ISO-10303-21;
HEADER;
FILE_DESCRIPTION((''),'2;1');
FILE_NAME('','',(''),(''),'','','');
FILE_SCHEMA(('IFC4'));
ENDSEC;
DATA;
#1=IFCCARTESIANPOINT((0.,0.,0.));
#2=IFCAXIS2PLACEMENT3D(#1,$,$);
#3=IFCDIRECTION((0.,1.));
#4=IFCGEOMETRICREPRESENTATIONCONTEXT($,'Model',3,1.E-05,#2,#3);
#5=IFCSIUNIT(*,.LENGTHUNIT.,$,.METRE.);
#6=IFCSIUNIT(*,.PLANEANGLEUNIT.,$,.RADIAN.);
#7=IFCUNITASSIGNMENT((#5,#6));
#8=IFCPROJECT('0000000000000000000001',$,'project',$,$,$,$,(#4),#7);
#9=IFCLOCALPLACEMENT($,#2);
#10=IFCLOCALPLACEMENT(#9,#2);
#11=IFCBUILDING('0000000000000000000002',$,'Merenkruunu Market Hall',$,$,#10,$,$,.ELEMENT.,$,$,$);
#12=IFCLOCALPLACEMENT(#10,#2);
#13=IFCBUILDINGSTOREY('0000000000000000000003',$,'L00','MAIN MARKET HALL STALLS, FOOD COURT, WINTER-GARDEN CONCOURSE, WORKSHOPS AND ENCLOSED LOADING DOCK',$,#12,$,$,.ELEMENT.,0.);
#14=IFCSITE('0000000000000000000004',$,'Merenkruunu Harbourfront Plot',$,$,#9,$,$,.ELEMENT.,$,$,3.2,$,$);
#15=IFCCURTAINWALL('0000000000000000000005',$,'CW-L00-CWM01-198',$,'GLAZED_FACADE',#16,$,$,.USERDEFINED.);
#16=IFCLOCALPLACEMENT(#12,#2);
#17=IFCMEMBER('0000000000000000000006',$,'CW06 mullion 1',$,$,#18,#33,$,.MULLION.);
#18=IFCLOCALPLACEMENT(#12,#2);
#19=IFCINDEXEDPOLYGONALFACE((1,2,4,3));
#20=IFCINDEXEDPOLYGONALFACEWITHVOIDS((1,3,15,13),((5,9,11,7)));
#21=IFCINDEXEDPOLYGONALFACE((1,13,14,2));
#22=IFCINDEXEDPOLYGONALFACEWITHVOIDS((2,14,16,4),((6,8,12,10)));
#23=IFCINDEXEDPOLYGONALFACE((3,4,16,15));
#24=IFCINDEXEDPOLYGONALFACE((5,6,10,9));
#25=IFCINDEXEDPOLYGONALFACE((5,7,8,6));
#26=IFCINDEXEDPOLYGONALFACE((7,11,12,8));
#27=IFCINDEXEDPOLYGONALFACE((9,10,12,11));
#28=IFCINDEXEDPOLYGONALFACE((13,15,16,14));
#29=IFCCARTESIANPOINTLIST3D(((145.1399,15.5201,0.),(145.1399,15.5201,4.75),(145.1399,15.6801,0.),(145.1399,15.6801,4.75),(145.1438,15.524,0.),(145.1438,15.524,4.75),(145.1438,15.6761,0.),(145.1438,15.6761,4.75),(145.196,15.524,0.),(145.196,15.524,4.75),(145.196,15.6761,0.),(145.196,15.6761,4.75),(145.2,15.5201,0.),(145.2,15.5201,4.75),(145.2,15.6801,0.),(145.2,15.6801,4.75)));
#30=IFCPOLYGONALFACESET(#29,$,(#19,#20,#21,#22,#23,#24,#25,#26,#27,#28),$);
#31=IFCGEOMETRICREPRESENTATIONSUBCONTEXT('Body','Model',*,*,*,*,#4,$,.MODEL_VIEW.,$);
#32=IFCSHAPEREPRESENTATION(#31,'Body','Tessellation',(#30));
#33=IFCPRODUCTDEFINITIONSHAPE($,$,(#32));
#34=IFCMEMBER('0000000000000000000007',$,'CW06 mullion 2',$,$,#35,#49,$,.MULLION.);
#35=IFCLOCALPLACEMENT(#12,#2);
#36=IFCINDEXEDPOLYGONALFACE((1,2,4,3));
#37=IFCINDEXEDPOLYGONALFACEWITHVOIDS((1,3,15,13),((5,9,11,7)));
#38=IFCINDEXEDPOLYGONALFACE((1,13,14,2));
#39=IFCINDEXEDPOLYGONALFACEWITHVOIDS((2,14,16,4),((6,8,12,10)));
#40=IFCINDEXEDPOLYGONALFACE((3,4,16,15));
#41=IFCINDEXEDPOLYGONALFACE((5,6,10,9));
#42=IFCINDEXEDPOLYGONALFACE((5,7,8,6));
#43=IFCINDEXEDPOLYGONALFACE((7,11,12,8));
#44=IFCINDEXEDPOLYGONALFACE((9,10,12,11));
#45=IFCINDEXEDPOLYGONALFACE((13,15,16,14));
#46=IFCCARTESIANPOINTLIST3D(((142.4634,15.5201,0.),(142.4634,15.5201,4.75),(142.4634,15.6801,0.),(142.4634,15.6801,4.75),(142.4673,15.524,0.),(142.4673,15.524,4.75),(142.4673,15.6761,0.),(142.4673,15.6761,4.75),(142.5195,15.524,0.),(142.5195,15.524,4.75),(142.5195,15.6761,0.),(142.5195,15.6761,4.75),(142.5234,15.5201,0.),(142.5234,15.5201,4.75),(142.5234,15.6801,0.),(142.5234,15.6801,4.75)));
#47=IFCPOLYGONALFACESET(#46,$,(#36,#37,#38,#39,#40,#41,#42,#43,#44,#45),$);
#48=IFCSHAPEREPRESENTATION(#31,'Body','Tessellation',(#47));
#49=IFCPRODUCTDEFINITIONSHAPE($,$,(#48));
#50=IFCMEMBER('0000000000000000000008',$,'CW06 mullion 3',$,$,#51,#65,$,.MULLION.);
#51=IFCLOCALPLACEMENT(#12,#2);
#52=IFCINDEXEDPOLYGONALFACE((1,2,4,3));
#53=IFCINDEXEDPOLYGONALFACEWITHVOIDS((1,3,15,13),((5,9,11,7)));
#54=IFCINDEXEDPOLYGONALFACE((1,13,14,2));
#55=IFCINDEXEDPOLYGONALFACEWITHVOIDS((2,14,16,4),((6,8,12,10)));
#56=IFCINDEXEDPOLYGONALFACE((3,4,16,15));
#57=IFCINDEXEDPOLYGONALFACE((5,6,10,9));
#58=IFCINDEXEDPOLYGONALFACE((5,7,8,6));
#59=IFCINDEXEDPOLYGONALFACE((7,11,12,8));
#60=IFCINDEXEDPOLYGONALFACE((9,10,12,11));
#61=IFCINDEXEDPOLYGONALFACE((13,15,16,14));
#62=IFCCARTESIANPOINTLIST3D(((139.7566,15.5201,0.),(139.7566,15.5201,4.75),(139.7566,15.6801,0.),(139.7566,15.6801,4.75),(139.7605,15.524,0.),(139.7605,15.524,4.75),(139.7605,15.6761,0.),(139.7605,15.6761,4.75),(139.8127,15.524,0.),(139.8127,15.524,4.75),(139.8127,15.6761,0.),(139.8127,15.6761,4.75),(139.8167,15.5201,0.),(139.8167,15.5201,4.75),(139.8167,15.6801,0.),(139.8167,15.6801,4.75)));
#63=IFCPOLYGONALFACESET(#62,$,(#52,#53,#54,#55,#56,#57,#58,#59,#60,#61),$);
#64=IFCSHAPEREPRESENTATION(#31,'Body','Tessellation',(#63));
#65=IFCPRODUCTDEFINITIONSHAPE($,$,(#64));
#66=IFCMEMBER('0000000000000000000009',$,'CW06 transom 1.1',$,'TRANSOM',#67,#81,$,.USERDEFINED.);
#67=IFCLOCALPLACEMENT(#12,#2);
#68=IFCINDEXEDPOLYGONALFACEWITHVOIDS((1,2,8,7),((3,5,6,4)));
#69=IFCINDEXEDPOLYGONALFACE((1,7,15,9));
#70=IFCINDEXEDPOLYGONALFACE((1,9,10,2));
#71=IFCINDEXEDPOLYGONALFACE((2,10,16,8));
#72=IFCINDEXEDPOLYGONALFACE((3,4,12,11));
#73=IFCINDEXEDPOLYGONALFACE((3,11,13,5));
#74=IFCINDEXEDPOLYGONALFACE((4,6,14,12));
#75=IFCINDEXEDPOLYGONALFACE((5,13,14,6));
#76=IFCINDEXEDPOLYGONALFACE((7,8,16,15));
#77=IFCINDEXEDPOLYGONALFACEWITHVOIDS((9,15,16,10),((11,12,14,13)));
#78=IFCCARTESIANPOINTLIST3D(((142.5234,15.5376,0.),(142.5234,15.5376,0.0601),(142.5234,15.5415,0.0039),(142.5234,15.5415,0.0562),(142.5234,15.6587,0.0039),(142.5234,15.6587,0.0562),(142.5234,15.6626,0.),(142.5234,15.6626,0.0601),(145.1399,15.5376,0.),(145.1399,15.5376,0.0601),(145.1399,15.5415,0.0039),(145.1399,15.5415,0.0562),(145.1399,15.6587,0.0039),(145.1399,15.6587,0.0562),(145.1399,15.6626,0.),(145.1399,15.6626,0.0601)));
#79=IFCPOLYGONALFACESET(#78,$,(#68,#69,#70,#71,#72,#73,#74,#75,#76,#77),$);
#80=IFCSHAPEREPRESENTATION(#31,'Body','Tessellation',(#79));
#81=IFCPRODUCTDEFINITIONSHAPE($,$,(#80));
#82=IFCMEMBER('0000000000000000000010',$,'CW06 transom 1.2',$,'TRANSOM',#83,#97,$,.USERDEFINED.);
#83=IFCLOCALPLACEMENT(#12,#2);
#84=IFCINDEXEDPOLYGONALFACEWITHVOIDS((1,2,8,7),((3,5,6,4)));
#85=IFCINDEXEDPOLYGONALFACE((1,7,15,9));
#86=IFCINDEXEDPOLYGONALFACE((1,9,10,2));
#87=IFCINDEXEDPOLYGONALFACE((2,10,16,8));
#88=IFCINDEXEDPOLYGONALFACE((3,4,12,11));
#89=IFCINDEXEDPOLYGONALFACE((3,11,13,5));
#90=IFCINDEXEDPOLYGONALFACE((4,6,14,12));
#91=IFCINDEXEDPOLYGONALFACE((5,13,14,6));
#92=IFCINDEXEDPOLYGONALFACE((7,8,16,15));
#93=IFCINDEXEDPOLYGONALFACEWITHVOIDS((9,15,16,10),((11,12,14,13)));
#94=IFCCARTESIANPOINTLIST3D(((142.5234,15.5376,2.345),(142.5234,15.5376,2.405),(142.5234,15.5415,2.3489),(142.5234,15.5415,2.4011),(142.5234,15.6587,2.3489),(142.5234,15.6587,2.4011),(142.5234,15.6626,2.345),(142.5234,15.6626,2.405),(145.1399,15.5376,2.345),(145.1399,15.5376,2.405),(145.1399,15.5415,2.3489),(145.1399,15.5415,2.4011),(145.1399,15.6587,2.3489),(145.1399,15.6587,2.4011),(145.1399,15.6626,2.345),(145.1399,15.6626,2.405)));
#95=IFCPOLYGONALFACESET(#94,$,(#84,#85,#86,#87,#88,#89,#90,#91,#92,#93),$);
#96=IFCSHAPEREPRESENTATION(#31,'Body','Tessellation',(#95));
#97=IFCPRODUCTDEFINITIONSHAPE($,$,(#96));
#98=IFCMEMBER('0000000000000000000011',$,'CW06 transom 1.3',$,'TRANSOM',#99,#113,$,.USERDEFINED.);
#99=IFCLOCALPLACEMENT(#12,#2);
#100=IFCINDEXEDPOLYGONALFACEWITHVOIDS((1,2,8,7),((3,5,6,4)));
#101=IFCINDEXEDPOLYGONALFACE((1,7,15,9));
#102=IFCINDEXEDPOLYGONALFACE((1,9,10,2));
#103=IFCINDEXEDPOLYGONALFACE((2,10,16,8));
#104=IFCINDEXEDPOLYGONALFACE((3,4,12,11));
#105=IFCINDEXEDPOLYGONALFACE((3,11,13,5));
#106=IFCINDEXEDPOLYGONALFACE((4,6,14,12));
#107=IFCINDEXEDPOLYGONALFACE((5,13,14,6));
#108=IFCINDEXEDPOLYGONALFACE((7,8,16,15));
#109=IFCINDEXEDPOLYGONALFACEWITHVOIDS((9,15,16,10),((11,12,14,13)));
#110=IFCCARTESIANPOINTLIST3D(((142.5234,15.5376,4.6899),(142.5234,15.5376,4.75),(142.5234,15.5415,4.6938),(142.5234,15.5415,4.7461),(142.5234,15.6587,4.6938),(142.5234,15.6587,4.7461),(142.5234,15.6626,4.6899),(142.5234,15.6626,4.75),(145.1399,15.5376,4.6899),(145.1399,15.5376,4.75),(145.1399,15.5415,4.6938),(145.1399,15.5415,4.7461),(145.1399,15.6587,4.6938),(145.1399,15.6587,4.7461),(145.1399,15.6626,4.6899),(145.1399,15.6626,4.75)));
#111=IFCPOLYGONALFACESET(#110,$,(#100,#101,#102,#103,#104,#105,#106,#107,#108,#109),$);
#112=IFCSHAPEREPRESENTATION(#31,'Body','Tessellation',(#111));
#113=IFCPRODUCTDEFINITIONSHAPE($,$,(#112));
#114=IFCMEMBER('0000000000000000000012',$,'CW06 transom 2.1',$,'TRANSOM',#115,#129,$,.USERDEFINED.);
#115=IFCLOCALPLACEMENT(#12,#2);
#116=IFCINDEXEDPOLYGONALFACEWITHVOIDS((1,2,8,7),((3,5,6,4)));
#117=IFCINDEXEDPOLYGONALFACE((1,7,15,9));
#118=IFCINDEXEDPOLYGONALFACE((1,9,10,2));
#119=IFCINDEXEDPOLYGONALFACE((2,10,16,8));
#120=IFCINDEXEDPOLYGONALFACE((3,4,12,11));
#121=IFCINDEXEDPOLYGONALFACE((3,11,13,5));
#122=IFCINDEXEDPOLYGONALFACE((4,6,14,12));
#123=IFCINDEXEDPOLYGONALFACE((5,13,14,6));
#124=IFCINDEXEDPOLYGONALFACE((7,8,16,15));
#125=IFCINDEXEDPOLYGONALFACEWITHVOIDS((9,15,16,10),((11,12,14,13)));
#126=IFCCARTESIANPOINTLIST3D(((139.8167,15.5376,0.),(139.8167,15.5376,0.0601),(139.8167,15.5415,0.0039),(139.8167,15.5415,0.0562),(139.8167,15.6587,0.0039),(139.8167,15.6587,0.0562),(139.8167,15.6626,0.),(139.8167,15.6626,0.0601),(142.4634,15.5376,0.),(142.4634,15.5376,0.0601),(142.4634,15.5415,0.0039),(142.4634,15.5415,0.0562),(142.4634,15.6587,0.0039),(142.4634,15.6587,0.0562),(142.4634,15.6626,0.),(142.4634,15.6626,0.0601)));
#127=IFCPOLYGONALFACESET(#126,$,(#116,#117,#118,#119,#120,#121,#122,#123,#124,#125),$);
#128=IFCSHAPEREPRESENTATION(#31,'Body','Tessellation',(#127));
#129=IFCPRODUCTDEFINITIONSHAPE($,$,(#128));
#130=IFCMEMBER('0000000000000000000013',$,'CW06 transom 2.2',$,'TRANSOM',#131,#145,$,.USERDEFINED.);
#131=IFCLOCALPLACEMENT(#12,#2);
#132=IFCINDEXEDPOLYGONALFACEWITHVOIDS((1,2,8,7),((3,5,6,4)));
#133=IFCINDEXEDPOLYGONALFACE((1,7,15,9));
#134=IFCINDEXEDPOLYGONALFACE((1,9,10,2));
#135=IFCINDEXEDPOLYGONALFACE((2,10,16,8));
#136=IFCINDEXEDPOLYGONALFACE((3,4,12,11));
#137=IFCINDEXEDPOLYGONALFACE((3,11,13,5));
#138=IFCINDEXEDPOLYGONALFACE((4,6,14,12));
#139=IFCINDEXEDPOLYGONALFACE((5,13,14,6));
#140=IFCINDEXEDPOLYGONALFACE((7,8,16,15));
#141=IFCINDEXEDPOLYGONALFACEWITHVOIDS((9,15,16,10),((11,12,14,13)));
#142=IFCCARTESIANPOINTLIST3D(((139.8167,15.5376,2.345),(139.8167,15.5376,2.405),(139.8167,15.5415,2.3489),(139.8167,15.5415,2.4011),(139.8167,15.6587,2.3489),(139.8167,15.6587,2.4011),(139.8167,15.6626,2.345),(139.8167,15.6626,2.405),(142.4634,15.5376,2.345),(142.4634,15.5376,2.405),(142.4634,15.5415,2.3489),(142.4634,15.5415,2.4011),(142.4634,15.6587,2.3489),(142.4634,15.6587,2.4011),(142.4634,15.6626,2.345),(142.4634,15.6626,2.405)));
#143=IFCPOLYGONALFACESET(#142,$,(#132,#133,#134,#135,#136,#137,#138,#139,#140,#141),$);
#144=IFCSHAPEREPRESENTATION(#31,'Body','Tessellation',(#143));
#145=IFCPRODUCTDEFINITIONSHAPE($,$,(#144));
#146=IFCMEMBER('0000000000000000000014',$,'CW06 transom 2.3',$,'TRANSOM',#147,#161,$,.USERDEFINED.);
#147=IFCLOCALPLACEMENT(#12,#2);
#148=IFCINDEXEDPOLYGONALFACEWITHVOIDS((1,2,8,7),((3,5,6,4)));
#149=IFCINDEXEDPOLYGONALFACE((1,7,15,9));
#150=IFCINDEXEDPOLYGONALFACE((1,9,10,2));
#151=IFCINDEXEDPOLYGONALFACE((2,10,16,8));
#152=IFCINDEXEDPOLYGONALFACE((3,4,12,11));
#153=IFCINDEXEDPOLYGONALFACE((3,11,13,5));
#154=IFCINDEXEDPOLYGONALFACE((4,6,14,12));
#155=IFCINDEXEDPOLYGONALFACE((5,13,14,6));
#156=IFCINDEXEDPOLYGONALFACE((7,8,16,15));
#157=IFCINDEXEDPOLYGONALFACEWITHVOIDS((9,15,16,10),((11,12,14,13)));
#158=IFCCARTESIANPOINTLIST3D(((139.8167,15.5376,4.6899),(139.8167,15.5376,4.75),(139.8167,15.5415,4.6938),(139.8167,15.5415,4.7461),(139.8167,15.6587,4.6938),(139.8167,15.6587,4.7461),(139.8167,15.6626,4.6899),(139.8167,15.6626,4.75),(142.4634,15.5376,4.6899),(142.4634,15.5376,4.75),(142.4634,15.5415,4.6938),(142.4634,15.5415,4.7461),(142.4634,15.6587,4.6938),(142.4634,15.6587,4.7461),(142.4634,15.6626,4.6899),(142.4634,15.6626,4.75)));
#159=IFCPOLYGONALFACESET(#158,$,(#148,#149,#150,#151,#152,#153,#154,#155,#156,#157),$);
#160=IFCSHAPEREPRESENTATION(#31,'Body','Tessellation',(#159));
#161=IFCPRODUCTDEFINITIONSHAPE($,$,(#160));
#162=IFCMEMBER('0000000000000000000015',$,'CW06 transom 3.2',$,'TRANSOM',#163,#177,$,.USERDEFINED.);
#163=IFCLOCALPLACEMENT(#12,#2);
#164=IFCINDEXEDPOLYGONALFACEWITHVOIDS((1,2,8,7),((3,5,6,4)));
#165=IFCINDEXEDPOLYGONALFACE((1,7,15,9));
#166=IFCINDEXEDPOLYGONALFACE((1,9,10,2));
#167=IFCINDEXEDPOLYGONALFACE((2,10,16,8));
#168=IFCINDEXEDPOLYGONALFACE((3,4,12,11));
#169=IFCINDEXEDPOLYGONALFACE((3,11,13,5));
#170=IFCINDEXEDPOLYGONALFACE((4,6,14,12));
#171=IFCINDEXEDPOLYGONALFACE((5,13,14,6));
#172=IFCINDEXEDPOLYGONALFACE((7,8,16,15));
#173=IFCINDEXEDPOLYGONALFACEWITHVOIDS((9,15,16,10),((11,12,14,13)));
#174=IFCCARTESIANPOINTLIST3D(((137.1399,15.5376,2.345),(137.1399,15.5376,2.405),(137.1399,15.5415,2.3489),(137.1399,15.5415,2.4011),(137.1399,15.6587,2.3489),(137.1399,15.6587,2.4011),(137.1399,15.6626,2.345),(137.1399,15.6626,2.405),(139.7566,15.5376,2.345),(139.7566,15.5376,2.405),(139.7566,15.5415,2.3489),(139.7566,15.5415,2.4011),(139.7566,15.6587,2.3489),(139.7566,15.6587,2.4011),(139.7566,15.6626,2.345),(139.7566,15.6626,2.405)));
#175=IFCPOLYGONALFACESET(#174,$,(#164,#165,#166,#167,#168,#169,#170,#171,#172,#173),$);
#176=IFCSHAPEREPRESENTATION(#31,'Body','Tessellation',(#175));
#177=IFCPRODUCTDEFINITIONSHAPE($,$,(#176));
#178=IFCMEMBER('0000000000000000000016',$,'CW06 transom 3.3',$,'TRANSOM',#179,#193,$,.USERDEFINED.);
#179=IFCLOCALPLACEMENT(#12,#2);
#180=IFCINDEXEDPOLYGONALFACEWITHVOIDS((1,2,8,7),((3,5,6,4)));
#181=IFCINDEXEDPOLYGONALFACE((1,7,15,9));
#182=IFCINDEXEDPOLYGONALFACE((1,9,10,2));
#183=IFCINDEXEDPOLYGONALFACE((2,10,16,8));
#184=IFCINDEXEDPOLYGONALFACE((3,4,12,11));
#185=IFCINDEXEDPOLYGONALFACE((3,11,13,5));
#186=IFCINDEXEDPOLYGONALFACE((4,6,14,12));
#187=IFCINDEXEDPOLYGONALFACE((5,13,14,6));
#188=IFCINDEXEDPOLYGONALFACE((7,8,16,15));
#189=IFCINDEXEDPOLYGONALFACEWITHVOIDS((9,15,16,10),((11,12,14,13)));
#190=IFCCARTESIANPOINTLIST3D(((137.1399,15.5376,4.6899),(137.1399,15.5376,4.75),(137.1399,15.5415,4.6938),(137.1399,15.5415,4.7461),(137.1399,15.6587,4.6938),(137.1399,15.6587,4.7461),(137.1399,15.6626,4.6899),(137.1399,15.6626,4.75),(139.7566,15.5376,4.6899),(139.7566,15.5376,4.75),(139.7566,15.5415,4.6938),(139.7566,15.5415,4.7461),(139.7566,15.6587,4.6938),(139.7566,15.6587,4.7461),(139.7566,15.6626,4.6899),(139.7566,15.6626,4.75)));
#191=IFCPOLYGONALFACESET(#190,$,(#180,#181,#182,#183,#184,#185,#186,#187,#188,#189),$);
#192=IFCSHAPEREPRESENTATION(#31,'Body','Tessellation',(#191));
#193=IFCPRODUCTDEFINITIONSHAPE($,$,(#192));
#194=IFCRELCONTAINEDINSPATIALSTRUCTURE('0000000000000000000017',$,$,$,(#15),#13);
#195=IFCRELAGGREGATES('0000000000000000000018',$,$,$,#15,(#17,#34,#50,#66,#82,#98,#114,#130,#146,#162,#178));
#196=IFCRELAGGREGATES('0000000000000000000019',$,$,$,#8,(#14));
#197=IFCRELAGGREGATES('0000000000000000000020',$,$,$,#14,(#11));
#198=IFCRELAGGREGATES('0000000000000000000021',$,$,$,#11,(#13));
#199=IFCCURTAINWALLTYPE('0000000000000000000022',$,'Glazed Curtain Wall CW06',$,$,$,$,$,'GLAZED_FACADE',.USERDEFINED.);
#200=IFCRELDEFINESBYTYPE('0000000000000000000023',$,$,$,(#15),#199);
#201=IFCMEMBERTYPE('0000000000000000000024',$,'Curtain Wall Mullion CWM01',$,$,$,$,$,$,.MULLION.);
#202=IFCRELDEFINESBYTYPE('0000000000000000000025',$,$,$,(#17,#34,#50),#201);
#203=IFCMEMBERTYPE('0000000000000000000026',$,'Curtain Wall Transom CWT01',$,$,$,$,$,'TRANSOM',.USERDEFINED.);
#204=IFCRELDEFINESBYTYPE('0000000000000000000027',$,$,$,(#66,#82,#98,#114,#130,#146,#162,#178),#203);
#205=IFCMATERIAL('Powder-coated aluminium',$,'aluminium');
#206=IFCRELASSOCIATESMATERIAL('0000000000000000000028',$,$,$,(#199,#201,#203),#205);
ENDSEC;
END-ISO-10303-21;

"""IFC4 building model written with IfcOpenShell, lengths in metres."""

from ifc_helpers import new_model, si_unit, direction, frame, origin, origin_2d, place, context, subcontext, project, spatial, hollow_rectangle, extrude, material, material_profile, profile_set, type_object, element, aggregate, save


model = new_model("IFC4")

# Units and contexts
model_context = context("Model", 3, precision=1e-05, world=origin(), true_north=direction((0.0, 1.0)))
body_context = subcontext(model_context, "Body", "Model", "MODEL_VIEW")
ifc_project = project(units=[si_unit("LENGTHUNIT", "METRE"), si_unit("PLANEANGLEUNIT", "RADIAN")], contexts=[model_context])

# Site, building, storey
site_placement = place(None, origin())
site = spatial("IfcSite", under=ifc_project, at=site_placement, Name="Merenkruunu Harbourfront Plot", CompositionType="ELEMENT", RefElevation=3.2)
building_placement = place(site_placement, origin())
building = spatial("IfcBuilding", under=site, at=building_placement, Name="Merenkruunu Market Hall", CompositionType="ELEMENT")
storey_placement = place(building_placement, origin())
storey = spatial("IfcBuildingStorey", under=building, at=storey_placement, Name="L00", Description="MAIN MARKET HALL STALLS, FOOD COURT, WINTER-GARDEN CONCOURSE, WORKSHOPS AND ENCLOSED LOADING DOCK", CompositionType="ELEMENT", Elevation=0.0)

# Curtain wall, members
ifc_material_1 = material(Name="Powder-coated aluminium", Category="aluminium")
curtain_wall_type = type_object("IfcCurtainWallType", Name="Glazed Curtain Wall CW06", ElementType="GLAZED_FACADE", PredefinedType="USERDEFINED", material=ifc_material_1)
curtain_wall_placement = place(storey_placement, origin())
curtain_wall = element("IfcCurtainWall", 1, at=curtain_wall_placement, inside=storey, type_object=curtain_wall_type, Name="CW-L00-CWM01-198", ObjectType="GLAZED_FACADE", PredefinedType="USERDEFINED")
ifc_material_profile_1 = material_profile(ifc_material_1, hollow_rectangle(XDim=0.0601, YDim=0.1599, WallThickness=0.0039, at=origin_2d()), Name="ALU 60x160x4")
ifc_profile_set_1 = profile_set([ifc_material_profile_1], Name="Powder-coated aluminium")
member_type_1 = type_object("IfcMemberType", Name="Curtain Wall Mullion CWM01", PredefinedType="MULLION", material=ifc_profile_set_1)
member_1_placement = place(storey_placement, frame((145.1699, 15.6001, 0.0), z_axis=(0.0, 0.0, 1.0), x_axis=(-1.0, 0.0, 0.0)))
member_1 = element("IfcMember", 2, at=member_1_placement, type_object=member_type_1, Name="CW06 mullion 1", PredefinedType="MULLION", context=body_context, shape_type="SweptSolid", body=[
    extrude(hollow_rectangle(XDim=0.0601, YDim=0.1599, WallThickness=0.0039, at=origin_2d()), origin(), (0.0, 0.0, 1.0), 4.75),
])
member_2_placement = place(storey_placement, frame((142.4934, 15.6001, 0.0), z_axis=(0.0, 0.0, 1.0), x_axis=(-1.0, 0.0, 0.0)))
member_2 = element("IfcMember", 3, at=member_2_placement, type_object=member_type_1, Name="CW06 mullion 2", PredefinedType="MULLION", context=body_context, shape_type="SweptSolid", body=[
    extrude(hollow_rectangle(XDim=0.0601, YDim=0.1599, WallThickness=0.0039, at=origin_2d()), origin(), (0.0, 0.0, 1.0), 4.75),
])
member_3_placement = place(storey_placement, frame((139.7866, 15.6001, 0.0), z_axis=(0.0, 0.0, 1.0), x_axis=(-1.0, 0.0, 0.0)))
member_3 = element("IfcMember", 4, at=member_3_placement, type_object=member_type_1, Name="CW06 mullion 3", PredefinedType="MULLION", context=body_context, shape_type="SweptSolid", body=[
    extrude(hollow_rectangle(XDim=0.0601, YDim=0.1599, WallThickness=0.0039, at=origin_2d()), origin(), (0.0, 0.0, 1.0), 4.75),
])
ifc_material_profile_2 = material_profile(ifc_material_1, hollow_rectangle(XDim=0.0601, YDim=0.125, WallThickness=0.0039, at=origin_2d()), Name="ALU 60x125x4")
ifc_profile_set_2 = profile_set([ifc_material_profile_2], Name="Powder-coated aluminium")
member_type_2 = type_object("IfcMemberType", Name="Curtain Wall Transom CWT01", ElementType="TRANSOM", PredefinedType="USERDEFINED", material=ifc_profile_set_2)
member_4_placement = place(storey_placement, frame((145.1399, 15.6001, 0.03), z_axis=(-1.0, 0.0, 0.0), x_axis=(0.0, 0.0, 1.0)))
member_4 = element("IfcMember", 5, at=member_4_placement, type_object=member_type_2, Name="CW06 transom 1.1", ObjectType="TRANSOM", PredefinedType="USERDEFINED", context=body_context, shape_type="SweptSolid", body=[
    extrude(hollow_rectangle(XDim=0.0601, YDim=0.125, WallThickness=0.0039, at=origin_2d()), origin(), (0.0, 0.0, 1.0), 2.6165),
])
member_5_placement = place(storey_placement, frame((145.1399, 15.6001, 2.375), z_axis=(-1.0, 0.0, 0.0), x_axis=(0.0, 0.0, 1.0)))
member_5 = element("IfcMember", 6, at=member_5_placement, type_object=member_type_2, Name="CW06 transom 1.2", ObjectType="TRANSOM", PredefinedType="USERDEFINED", context=body_context, shape_type="SweptSolid", body=[
    extrude(hollow_rectangle(XDim=0.0601, YDim=0.125, WallThickness=0.0039, at=origin_2d()), origin(), (0.0, 0.0, 1.0), 2.6165),
])
member_6_placement = place(storey_placement, frame((145.1399, 15.6001, 4.72), z_axis=(-1.0, 0.0, 0.0), x_axis=(0.0, 0.0, 1.0)))
member_6 = element("IfcMember", 7, at=member_6_placement, type_object=member_type_2, Name="CW06 transom 1.3", ObjectType="TRANSOM", PredefinedType="USERDEFINED", context=body_context, shape_type="SweptSolid", body=[
    extrude(hollow_rectangle(XDim=0.0601, YDim=0.125, WallThickness=0.0039, at=origin_2d()), origin(), (0.0, 0.0, 1.0), 2.6165),
])
member_7_placement = place(storey_placement, frame((142.4634, 15.6001, 0.03), z_axis=(-1.0, 0.0, 0.0), x_axis=(0.0, 0.0, 1.0)))
member_7 = element("IfcMember", 8, at=member_7_placement, type_object=member_type_2, Name="CW06 transom 2.1", ObjectType="TRANSOM", PredefinedType="USERDEFINED", context=body_context, shape_type="SweptSolid", body=[
    extrude(hollow_rectangle(XDim=0.0601, YDim=0.125, WallThickness=0.0039, at=origin_2d()), origin(), (0.0, 0.0, 1.0), 2.6467),
])
member_8_placement = place(storey_placement, frame((142.4634, 15.6001, 2.375), z_axis=(-1.0, 0.0, 0.0), x_axis=(0.0, 0.0, 1.0)))
member_8 = element("IfcMember", 9, at=member_8_placement, type_object=member_type_2, Name="CW06 transom 2.2", ObjectType="TRANSOM", PredefinedType="USERDEFINED", context=body_context, shape_type="SweptSolid", body=[
    extrude(hollow_rectangle(XDim=0.0601, YDim=0.125, WallThickness=0.0039, at=origin_2d()), origin(), (0.0, 0.0, 1.0), 2.6467),
])
member_9_placement = place(storey_placement, frame((142.4634, 15.6001, 4.72), z_axis=(-1.0, 0.0, 0.0), x_axis=(0.0, 0.0, 1.0)))
member_9 = element("IfcMember", 10, at=member_9_placement, type_object=member_type_2, Name="CW06 transom 2.3", ObjectType="TRANSOM", PredefinedType="USERDEFINED", context=body_context, shape_type="SweptSolid", body=[
    extrude(hollow_rectangle(XDim=0.0601, YDim=0.125, WallThickness=0.0039, at=origin_2d()), origin(), (0.0, 0.0, 1.0), 2.6467),
])
member_10_placement = place(storey_placement, frame((139.7566, 15.6001, 2.375), z_axis=(-1.0, 0.0, 0.0), x_axis=(0.0, 0.0, 1.0)))
member_10 = element("IfcMember", 11, at=member_10_placement, type_object=member_type_2, Name="CW06 transom 3.2", ObjectType="TRANSOM", PredefinedType="USERDEFINED", context=body_context, shape_type="SweptSolid", body=[
    extrude(hollow_rectangle(XDim=0.0601, YDim=0.125, WallThickness=0.0039, at=origin_2d()), origin(), (0.0, 0.0, 1.0), 2.6167),
])
member_11_placement = place(storey_placement, frame((139.7566, 15.6001, 4.72), z_axis=(-1.0, 0.0, 0.0), x_axis=(0.0, 0.0, 1.0)))
member_11 = element("IfcMember", 12, at=member_11_placement, type_object=member_type_2, Name="CW06 transom 3.3", ObjectType="TRANSOM", PredefinedType="USERDEFINED", context=body_context, shape_type="SweptSolid", body=[
    extrude(hollow_rectangle(XDim=0.0601, YDim=0.125, WallThickness=0.0039, at=origin_2d()), origin(), (0.0, 0.0, 1.0), 2.6167),
])

aggregate(curtain_wall, [member_1, member_2, member_3, member_4, member_5, member_6, member_7, member_8, member_9, member_10, member_11])

save(model, "model.ifc")
